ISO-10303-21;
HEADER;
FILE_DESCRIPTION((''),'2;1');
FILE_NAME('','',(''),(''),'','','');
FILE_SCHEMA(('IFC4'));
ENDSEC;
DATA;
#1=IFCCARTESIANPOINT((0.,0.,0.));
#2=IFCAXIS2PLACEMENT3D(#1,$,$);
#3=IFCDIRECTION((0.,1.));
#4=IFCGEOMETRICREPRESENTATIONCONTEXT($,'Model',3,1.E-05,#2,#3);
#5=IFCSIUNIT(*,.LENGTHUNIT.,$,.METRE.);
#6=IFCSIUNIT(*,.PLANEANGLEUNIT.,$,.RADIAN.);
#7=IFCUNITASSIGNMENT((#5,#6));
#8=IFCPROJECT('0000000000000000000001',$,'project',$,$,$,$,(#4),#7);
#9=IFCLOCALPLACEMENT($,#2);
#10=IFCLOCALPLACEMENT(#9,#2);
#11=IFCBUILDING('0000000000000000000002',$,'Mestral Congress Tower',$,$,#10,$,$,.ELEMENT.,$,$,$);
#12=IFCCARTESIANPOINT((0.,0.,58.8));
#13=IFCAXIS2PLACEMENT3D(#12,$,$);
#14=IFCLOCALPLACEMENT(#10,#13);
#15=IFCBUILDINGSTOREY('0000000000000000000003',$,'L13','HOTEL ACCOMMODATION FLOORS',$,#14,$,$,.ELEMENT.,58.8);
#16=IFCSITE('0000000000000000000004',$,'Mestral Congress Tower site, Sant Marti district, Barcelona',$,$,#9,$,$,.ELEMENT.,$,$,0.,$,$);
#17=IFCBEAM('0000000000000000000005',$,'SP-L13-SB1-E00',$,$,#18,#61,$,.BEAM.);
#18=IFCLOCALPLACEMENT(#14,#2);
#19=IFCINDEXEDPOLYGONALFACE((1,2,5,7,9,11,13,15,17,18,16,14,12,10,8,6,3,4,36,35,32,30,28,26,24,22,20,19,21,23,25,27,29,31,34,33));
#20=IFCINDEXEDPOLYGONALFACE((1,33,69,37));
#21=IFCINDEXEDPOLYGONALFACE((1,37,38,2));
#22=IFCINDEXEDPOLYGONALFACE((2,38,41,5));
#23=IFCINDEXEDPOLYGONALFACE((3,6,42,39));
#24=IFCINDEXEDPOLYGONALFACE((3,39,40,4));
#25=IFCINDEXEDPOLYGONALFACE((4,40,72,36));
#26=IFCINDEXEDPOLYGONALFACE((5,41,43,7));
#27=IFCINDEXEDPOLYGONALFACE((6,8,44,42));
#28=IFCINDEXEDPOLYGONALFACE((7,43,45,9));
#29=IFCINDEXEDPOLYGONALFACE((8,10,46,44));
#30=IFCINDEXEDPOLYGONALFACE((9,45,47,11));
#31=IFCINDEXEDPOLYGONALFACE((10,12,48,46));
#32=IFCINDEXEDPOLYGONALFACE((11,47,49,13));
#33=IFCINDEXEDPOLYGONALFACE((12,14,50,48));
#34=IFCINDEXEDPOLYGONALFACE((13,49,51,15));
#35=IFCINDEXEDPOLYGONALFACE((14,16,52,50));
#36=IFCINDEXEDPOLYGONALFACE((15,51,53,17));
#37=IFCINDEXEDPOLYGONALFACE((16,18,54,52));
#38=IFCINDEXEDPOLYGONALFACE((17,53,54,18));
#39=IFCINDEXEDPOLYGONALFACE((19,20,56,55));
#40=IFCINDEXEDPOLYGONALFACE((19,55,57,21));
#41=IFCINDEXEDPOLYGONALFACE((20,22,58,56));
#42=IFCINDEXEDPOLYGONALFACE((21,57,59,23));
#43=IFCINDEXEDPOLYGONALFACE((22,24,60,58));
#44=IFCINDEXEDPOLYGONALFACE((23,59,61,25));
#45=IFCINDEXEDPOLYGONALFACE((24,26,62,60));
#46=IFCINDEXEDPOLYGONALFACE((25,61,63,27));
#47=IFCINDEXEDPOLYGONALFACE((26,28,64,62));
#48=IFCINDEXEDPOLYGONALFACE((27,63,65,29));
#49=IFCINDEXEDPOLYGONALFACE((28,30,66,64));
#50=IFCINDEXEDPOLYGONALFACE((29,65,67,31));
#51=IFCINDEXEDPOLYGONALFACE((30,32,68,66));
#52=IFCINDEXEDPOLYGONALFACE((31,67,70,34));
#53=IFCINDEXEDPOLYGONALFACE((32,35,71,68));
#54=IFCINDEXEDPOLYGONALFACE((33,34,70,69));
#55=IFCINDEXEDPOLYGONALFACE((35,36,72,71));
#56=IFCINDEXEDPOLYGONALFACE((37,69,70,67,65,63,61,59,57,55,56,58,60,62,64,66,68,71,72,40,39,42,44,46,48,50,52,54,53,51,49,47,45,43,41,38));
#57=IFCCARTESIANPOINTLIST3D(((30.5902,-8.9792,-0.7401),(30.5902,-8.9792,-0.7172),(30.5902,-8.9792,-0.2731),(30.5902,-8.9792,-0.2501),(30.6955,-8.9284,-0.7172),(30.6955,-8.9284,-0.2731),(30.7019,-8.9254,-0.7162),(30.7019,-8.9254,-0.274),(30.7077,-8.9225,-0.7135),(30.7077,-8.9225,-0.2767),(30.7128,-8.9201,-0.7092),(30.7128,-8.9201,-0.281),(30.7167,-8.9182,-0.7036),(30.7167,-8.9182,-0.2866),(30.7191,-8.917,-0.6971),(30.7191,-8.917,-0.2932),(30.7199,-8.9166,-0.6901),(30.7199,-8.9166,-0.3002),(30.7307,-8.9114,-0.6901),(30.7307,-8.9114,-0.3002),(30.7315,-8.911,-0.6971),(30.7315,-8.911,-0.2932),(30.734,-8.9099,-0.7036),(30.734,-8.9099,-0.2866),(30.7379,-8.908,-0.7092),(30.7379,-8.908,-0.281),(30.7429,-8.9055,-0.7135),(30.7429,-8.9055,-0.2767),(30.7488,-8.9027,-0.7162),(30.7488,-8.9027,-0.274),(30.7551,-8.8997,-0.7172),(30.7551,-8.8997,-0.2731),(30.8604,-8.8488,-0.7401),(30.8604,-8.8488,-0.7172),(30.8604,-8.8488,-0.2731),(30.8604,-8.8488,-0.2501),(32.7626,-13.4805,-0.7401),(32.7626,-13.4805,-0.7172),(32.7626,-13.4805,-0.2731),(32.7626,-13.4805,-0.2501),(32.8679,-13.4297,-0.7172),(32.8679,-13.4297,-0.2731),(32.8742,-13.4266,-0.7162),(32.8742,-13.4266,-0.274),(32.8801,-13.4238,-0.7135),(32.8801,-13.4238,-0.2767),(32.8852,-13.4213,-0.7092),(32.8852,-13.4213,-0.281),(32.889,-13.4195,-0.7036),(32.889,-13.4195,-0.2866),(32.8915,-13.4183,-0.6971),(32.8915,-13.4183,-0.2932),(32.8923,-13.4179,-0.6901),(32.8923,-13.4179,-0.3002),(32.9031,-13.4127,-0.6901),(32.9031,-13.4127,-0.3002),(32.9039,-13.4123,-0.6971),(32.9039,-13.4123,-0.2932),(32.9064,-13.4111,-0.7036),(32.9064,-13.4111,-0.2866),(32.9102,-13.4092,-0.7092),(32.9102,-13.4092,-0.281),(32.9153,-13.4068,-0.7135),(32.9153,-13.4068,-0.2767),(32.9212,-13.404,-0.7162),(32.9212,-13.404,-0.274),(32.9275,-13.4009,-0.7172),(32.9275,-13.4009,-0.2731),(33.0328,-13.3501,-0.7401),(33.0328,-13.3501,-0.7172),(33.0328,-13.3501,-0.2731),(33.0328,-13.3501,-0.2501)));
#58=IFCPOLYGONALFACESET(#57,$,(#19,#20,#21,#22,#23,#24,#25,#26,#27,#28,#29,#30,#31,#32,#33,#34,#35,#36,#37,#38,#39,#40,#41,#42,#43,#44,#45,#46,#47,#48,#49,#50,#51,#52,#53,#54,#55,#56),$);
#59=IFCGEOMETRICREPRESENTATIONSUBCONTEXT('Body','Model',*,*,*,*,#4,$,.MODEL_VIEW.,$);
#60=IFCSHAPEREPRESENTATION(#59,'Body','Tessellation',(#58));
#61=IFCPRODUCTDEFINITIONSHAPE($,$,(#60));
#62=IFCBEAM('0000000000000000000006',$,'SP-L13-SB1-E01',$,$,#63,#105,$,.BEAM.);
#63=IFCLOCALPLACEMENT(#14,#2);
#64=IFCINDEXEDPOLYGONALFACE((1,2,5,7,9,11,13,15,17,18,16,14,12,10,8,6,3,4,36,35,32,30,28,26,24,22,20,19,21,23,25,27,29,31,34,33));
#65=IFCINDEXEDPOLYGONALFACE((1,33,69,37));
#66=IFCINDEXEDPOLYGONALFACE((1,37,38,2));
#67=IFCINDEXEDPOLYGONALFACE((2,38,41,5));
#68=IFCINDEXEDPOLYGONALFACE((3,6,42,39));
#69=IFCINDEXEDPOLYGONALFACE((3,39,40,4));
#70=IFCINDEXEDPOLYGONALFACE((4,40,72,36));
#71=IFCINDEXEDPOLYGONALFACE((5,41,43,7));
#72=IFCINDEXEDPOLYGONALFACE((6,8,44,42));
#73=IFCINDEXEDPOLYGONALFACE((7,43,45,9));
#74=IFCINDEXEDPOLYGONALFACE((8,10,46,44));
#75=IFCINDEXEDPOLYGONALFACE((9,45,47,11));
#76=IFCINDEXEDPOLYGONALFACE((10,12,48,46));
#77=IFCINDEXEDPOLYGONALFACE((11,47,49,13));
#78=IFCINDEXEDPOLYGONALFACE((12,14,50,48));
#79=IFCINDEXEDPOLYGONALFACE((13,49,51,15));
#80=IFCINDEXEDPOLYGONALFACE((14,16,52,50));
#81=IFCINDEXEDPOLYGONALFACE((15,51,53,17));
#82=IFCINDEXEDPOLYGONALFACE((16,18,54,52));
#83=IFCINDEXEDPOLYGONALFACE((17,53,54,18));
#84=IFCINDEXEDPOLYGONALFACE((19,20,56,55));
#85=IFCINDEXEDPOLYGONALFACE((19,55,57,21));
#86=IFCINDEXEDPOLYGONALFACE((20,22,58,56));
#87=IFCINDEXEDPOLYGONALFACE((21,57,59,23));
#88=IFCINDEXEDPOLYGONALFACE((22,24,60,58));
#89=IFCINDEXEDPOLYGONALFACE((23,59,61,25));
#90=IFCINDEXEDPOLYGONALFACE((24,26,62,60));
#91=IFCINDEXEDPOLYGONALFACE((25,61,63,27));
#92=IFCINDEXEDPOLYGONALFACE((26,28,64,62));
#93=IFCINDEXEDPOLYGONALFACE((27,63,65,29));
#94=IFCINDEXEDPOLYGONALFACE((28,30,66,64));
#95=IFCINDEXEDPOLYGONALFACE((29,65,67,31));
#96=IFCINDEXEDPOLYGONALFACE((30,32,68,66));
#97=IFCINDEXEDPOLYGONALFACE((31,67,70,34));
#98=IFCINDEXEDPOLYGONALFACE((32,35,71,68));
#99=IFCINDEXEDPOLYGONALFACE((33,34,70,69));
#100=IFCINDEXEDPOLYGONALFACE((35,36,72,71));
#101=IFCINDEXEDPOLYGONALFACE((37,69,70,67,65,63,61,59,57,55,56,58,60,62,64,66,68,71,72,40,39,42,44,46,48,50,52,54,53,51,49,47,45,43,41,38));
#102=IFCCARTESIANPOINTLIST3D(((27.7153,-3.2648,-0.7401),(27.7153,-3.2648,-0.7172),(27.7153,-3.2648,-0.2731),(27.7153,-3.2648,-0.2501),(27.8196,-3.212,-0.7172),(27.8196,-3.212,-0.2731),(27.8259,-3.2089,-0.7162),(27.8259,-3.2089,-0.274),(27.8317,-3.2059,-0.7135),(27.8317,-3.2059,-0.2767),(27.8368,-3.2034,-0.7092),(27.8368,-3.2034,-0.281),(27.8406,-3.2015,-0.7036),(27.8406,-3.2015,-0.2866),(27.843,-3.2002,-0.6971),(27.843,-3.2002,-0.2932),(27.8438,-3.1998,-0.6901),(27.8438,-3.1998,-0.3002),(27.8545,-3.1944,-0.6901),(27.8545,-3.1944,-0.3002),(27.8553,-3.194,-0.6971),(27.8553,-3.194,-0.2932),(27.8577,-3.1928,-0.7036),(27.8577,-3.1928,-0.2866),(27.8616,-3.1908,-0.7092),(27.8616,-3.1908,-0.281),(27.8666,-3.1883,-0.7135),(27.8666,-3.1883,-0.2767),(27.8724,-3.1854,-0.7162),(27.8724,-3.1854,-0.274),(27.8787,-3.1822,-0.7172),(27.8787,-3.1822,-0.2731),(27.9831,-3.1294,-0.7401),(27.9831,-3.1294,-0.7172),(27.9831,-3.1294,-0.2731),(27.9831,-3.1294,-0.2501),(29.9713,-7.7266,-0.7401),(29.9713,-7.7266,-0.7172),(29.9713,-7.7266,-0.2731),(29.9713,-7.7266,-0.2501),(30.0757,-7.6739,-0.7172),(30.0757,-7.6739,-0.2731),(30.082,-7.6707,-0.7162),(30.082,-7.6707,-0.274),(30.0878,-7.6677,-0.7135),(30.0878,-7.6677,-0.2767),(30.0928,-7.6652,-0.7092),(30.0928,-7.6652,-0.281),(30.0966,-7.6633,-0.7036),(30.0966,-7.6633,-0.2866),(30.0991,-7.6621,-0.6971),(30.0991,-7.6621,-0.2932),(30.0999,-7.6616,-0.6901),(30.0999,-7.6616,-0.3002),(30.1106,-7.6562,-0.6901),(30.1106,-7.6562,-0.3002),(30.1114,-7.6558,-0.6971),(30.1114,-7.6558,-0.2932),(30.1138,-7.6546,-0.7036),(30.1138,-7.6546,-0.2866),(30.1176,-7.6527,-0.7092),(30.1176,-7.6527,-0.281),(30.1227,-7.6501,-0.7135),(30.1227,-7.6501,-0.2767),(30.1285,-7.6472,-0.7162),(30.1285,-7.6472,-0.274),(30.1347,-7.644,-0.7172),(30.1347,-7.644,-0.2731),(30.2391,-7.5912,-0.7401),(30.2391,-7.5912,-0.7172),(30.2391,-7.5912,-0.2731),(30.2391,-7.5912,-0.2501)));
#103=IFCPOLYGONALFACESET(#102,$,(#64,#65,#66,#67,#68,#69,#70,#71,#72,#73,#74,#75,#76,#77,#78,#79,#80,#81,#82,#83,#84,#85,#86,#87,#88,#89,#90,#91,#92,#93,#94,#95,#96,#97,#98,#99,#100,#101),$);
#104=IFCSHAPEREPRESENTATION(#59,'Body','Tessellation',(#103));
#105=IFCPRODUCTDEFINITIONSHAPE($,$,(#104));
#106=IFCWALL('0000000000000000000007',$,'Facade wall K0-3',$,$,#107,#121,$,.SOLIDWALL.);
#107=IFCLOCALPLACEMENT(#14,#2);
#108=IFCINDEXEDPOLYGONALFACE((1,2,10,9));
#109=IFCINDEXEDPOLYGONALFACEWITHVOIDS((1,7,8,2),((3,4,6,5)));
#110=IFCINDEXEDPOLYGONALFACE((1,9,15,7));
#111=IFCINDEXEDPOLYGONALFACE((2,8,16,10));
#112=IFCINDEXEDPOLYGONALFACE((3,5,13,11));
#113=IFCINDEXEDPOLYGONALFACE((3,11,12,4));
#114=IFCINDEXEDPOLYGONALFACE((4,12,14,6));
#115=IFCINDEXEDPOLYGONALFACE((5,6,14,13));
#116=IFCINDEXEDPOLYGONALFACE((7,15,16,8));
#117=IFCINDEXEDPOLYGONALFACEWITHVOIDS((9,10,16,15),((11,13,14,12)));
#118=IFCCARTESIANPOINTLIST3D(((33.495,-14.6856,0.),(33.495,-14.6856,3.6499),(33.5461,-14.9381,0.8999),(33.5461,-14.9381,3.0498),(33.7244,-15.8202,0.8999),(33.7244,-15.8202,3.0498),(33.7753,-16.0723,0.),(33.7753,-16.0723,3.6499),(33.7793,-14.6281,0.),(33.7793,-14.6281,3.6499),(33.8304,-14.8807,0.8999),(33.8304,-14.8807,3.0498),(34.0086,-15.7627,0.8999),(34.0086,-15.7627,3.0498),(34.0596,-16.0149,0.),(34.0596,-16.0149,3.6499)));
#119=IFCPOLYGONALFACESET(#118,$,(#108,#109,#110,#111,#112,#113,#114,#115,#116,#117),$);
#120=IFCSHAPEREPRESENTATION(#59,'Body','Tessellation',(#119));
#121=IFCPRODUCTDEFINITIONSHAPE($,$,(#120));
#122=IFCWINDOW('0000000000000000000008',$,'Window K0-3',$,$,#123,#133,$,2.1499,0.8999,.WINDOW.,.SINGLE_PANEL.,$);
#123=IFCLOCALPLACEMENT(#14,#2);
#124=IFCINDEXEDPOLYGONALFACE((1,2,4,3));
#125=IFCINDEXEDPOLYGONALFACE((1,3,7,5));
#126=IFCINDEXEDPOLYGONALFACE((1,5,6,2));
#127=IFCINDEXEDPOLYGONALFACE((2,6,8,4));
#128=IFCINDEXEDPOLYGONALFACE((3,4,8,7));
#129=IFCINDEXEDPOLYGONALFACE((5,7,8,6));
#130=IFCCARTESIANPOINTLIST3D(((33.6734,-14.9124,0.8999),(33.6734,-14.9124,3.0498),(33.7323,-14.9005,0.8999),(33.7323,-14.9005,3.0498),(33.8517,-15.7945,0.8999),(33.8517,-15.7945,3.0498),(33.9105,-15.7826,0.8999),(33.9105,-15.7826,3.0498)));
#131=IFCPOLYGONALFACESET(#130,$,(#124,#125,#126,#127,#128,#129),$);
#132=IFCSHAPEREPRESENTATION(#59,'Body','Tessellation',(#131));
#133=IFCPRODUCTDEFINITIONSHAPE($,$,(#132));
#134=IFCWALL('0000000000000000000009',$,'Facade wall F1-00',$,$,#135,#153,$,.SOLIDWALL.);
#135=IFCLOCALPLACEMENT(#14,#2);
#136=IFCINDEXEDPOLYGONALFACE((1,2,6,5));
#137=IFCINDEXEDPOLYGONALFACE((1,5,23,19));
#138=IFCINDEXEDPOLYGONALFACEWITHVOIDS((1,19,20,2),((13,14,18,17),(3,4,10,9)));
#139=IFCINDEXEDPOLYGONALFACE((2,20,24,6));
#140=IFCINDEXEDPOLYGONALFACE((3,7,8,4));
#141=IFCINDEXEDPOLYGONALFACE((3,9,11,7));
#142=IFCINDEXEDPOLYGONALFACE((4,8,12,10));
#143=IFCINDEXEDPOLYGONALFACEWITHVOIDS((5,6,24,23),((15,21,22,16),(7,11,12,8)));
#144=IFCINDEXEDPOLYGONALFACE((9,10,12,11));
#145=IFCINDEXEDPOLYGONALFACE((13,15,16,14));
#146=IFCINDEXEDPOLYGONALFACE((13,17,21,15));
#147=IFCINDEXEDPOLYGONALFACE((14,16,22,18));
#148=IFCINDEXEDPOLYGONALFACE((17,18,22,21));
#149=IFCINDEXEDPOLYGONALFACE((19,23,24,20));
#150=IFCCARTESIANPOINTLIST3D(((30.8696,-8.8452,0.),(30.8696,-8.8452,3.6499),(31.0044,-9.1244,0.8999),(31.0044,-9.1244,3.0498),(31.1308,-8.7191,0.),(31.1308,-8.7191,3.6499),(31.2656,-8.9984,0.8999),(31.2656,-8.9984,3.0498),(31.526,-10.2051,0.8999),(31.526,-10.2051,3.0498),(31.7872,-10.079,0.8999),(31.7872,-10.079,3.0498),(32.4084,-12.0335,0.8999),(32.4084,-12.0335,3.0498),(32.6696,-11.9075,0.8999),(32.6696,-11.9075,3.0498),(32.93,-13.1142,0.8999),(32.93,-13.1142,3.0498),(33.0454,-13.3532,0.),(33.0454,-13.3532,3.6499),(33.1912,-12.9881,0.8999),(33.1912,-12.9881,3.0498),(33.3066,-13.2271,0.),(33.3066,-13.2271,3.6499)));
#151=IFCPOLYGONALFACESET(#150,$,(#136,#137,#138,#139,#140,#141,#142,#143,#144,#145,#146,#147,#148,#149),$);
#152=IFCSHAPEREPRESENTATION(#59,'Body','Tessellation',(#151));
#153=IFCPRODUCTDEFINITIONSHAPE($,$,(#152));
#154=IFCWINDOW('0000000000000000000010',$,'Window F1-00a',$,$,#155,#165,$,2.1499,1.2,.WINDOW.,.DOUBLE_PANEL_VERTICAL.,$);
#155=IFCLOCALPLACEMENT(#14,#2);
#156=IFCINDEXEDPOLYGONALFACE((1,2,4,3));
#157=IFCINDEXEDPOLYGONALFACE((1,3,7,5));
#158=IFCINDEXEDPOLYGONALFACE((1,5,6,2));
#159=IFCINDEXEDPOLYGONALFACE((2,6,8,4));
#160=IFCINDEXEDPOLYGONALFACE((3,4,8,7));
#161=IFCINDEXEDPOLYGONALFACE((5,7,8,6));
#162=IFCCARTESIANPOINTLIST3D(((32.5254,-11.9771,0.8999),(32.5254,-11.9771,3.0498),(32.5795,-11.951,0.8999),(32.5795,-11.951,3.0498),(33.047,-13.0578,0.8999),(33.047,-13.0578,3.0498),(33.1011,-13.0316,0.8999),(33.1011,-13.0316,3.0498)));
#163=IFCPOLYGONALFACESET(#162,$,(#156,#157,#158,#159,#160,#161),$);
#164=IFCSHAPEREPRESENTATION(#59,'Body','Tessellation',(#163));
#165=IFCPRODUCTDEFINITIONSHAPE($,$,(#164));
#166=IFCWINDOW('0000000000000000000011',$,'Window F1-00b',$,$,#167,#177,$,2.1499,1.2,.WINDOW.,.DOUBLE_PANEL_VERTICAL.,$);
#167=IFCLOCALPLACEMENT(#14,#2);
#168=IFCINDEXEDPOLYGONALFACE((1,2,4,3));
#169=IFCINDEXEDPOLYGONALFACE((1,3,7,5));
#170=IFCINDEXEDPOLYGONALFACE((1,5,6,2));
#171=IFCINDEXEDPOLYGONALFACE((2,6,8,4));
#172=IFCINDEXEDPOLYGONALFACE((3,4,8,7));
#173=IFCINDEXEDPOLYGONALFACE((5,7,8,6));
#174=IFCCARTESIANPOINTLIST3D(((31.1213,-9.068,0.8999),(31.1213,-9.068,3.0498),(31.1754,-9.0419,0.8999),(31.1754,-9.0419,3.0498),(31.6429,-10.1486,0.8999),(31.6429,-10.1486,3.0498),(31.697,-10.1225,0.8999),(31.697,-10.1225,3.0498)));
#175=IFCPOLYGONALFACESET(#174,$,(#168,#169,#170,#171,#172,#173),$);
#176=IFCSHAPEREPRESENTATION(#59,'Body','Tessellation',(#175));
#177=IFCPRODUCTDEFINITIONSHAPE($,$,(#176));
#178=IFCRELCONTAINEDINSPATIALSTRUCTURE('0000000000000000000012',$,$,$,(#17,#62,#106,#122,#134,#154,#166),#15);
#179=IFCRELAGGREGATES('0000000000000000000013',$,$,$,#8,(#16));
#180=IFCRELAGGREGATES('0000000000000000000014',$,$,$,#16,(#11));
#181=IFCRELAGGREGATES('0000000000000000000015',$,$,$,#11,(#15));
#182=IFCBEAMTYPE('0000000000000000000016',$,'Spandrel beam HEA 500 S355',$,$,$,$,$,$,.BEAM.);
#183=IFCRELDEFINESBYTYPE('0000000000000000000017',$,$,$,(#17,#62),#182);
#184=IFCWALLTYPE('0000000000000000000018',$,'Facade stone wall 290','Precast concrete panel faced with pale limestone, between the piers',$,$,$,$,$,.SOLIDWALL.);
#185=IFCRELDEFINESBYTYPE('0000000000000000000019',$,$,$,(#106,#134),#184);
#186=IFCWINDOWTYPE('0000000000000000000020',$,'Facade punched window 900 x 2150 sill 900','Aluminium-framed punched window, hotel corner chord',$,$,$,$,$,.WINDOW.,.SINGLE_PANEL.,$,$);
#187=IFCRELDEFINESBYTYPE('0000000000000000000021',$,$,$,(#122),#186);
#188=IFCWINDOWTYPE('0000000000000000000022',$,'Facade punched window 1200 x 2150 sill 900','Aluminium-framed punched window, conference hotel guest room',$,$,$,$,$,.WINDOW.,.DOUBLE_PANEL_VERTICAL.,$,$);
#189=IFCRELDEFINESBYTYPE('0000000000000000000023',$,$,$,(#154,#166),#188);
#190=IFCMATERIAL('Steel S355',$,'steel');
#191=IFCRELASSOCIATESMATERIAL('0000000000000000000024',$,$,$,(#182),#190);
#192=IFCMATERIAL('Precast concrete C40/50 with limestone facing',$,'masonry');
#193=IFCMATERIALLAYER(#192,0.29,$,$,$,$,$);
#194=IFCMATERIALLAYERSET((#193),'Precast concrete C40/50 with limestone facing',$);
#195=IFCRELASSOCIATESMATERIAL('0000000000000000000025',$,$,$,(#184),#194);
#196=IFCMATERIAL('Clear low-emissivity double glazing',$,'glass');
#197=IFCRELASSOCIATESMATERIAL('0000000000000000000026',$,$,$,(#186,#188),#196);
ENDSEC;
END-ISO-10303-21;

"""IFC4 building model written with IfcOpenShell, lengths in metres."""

from ifc_helpers import new_model, si_unit, direction, frame, frame_2d, origin, origin_2d, place, context, subcontext, project, spatial, rectangle, i_section, extrude, material, layer, layer_set, material_profile, profile_set, type_object, element, fill, save


model = new_model("IFC4")

# Units and contexts
model_context = context("Model", 3, precision=1e-05, world=origin(), true_north=direction((0.0, 1.0)))
body_context = subcontext(model_context, "Body", "Model", "MODEL_VIEW")
ifc_project = project(units=[si_unit("LENGTHUNIT", "METRE"), si_unit("PLANEANGLEUNIT", "RADIAN")], contexts=[model_context])

# Site, building, storey
site_placement = place(None, origin())
site = spatial("IfcSite", under=ifc_project, at=site_placement, Name="Mestral Congress Tower site, Sant Marti district, Barcelona", CompositionType="ELEMENT", RefElevation=0.0)
building_placement = place(site_placement, origin())
building = spatial("IfcBuilding", under=site, at=building_placement, Name="Mestral Congress Tower", CompositionType="ELEMENT")
storey_placement = place(building_placement, frame((0.0, 0.0, 58.8)))
storey = spatial("IfcBuildingStorey", under=building, at=storey_placement, Name="L13", Description="HOTEL ACCOMMODATION FLOORS", CompositionType="ELEMENT", Elevation=58.8)

# Beams
ifc_material_1 = material(Name="Steel S355", Category="steel")
ifc_material_profile_1 = material_profile(ifc_material_1, i_section(OverallWidth=0.3, OverallDepth=0.49, WebThickness=0.012, FlangeThickness=0.0229, FilletRadius=0.0271, at=origin_2d()), Name="HEA 500")
ifc_profile_set_1 = profile_set([ifc_material_profile_1], Name="Steel S355")
beam_type_1 = type_object("IfcBeamType", Name="Spandrel beam HEA 500 S355", PredefinedType="BEAM", material=ifc_profile_set_1)
beam_1_placement = place(storey_placement, frame((32.8977, -13.4153, -0.4951), z_axis=(-0.434645, 0.900602, 0.0), x_axis=(-0.900602, -0.434645, 0.0)))
element("IfcBeam", 1, at=beam_1_placement, inside=storey, type_object=beam_type_1, Name="SP-L13-SB1-E00", PredefinedType="BEAM", context=body_context, shape_type="SweptSolid", body=[
    extrude(i_section(OverallWidth=0.3, OverallDepth=0.49, WebThickness=0.012, FlangeThickness=0.0229, FilletRadius=0.0271, at=origin_2d()), origin(), (0.0, 0.0, 1.0), 4.998),
])
beam_2_placement = place(storey_placement, frame((30.1052, -7.6589, -0.4951), z_axis=(-0.451233, 0.892406, 0.0), x_axis=(-0.892406, -0.451233, 0.0)))
element("IfcBeam", 2, at=beam_2_placement, inside=storey, type_object=beam_type_1, Name="SP-L13-SB1-E01", PredefinedType="BEAM", context=body_context, shape_type="SweptSolid", body=[
    extrude(i_section(OverallWidth=0.3, OverallDepth=0.49, WebThickness=0.012, FlangeThickness=0.0229, FilletRadius=0.0271, at=origin_2d()), origin(), (0.0, 0.0, 1.0), 4.9998),
])

# Wall, opening, window
ifc_material_2 = material(Name="Precast concrete C40/50 with limestone facing", Category="masonry")
ifc_layer_1 = layer(ifc_material_2, 0.29)
ifc_layer_set_1 = layer_set([ifc_layer_1], Name="Precast concrete C40/50 with limestone facing")
wall_type_1 = type_object("IfcWallType", Name="Facade stone wall 290", Description="Precast concrete panel faced with pale limestone, between the piers", PredefinedType="SOLIDWALL", material=ifc_layer_set_1)
wall_1_placement = place(storey_placement, frame((33.9175, -16.0437, 0.0), z_axis=(0.0, 0.0, 1.0), x_axis=(-0.198107, 0.98018, 0.0)))
wall_1 = element("IfcWall", 3, at=wall_1_placement, inside=storey, type_object=wall_type_1, Name="Facade wall K0-3", PredefinedType="SOLIDWALL", context=body_context, shape_type="SweptSolid", body=[
    extrude(rectangle(XDim=1.4148, YDim=0.29, at=frame_2d((0.7075, 0.0))), origin(), (0.0, 0.0, 1.0), 3.6499),
])
opening_1_placement = place(wall_1_placement, frame((0.2573, 0.0, 0.8999)))
opening_1 = element("IfcOpeningElement", 4, at=opening_1_placement, cuts=wall_1, PredefinedType="OPENING", context=body_context, shape_type="SweptSolid", body=[
    extrude(rectangle(XDim=0.8999, YDim=2.1499, at=frame_2d((0.45, 1.075))), frame((0.0, 0.155, 0.0), z_axis=(0.0, -1.0, 0.0), x_axis=(1.0, 0.0, 0.0)), (0.0, 0.0, 1.0), 0.3101),
])
ifc_material_3 = material(Name="Clear low-emissivity double glazing", Category="glass")
window_type_1 = type_object("IfcWindowType", Name="Facade punched window 900 x 2150 sill 900", Description="Aluminium-framed punched window, hotel corner chord", PartitioningType="SINGLE_PANEL", PredefinedType="WINDOW", material=ifc_material_3)
window_1_placement = place(opening_1_placement, origin())
window_1 = element("IfcWindow", 5, at=window_1_placement, inside=storey, type_object=window_type_1, Name="Window K0-3", OverallHeight=2.1499, OverallWidth=0.8999, PartitioningType="SINGLE_PANEL", PredefinedType="WINDOW", context=body_context, shape_type="SweptSolid", body=[
    extrude(rectangle(XDim=0.8999, YDim=2.1499, at=frame_2d((0.45, 1.075))), frame((0.0, 0.0151, 0.0), z_axis=(0.0, -1.0, 0.0), x_axis=(1.0, 0.0, 0.0)), (0.0, 0.0, 1.0), 0.0601),
])
fill(opening_1, window_1)

# Wall, openings, windows
wall_2_placement = place(storey_placement, frame((33.176, -13.2903, 0.0), z_axis=(0.0, 0.0, 1.0), x_axis=(-0.434664, 0.900592, 0.0)))
wall_2 = element("IfcWall", 6, at=wall_2_placement, inside=storey, type_object=wall_type_1, Name="Facade wall F1-00", PredefinedType="SOLIDWALL", context=body_context, shape_type="SweptSolid", body=[
    extrude(rectangle(XDim=5.0056, YDim=0.29, at=frame_2d((2.5029, 0.0))), origin(), (0.0, 0.0, 1.0), 3.6499),
])
opening_2_placement = place(wall_2_placement, frame((0.2654, 0.0, 0.8999)))
opening_2 = element("IfcOpeningElement", 7, at=opening_2_placement, cuts=wall_2, PredefinedType="OPENING", context=body_context, shape_type="SweptSolid", body=[
    extrude(rectangle(XDim=1.2, YDim=2.1499, at=frame_2d((0.6001, 1.075))), frame((0.0, 0.155, 0.0), z_axis=(0.0, -1.0, 0.0), x_axis=(1.0, 0.0, 0.0)), (0.0, 0.0, 1.0), 0.3101),
])
opening_3_placement = place(wall_2_placement, frame((3.4956, 0.0, 0.8999)))
opening_3 = element("IfcOpeningElement", 8, at=opening_3_placement, cuts=wall_2, PredefinedType="OPENING", context=body_context, shape_type="SweptSolid", body=[
    extrude(rectangle(XDim=1.2, YDim=2.1499, at=frame_2d((0.6001, 1.075))), frame((0.0, 0.155, 0.0), z_axis=(0.0, -1.0, 0.0), x_axis=(1.0, 0.0, 0.0)), (0.0, 0.0, 1.0), 0.3101),
])
window_type_2 = type_object("IfcWindowType", Name="Facade punched window 1200 x 2150 sill 900", Description="Aluminium-framed punched window, conference hotel guest room", PartitioningType="DOUBLE_PANEL_VERTICAL", PredefinedType="WINDOW", material=ifc_material_3)
window_2_placement = place(opening_2_placement, origin())
window_2 = element("IfcWindow", 9, at=window_2_placement, inside=storey, type_object=window_type_2, Name="Window F1-00a", OverallHeight=2.1499, OverallWidth=1.2, PartitioningType="DOUBLE_PANEL_VERTICAL", PredefinedType="WINDOW", context=body_context, shape_type="SweptSolid", body=[
    extrude(rectangle(XDim=1.2, YDim=2.1499, at=frame_2d((0.6001, 1.075))), frame((0.0, 0.0151, 0.0), z_axis=(0.0, -1.0, 0.0), x_axis=(1.0, 0.0, 0.0)), (0.0, 0.0, 1.0), 0.0601),
])
fill(opening_2, window_2)
window_3_placement = place(opening_3_placement, origin())
window_3 = element("IfcWindow", 10, at=window_3_placement, inside=storey, type_object=window_type_2, Name="Window F1-00b", OverallHeight=2.1499, OverallWidth=1.2, PartitioningType="DOUBLE_PANEL_VERTICAL", PredefinedType="WINDOW", context=body_context, shape_type="SweptSolid", body=[
    extrude(rectangle(XDim=1.2, YDim=2.1499, at=frame_2d((0.6001, 1.075))), frame((0.0, 0.0151, 0.0), z_axis=(0.0, -1.0, 0.0), x_axis=(1.0, 0.0, 0.0)), (0.0, 0.0, 1.0), 0.0601),
])
fill(opening_3, window_3)

save(model, "model.ifc")
